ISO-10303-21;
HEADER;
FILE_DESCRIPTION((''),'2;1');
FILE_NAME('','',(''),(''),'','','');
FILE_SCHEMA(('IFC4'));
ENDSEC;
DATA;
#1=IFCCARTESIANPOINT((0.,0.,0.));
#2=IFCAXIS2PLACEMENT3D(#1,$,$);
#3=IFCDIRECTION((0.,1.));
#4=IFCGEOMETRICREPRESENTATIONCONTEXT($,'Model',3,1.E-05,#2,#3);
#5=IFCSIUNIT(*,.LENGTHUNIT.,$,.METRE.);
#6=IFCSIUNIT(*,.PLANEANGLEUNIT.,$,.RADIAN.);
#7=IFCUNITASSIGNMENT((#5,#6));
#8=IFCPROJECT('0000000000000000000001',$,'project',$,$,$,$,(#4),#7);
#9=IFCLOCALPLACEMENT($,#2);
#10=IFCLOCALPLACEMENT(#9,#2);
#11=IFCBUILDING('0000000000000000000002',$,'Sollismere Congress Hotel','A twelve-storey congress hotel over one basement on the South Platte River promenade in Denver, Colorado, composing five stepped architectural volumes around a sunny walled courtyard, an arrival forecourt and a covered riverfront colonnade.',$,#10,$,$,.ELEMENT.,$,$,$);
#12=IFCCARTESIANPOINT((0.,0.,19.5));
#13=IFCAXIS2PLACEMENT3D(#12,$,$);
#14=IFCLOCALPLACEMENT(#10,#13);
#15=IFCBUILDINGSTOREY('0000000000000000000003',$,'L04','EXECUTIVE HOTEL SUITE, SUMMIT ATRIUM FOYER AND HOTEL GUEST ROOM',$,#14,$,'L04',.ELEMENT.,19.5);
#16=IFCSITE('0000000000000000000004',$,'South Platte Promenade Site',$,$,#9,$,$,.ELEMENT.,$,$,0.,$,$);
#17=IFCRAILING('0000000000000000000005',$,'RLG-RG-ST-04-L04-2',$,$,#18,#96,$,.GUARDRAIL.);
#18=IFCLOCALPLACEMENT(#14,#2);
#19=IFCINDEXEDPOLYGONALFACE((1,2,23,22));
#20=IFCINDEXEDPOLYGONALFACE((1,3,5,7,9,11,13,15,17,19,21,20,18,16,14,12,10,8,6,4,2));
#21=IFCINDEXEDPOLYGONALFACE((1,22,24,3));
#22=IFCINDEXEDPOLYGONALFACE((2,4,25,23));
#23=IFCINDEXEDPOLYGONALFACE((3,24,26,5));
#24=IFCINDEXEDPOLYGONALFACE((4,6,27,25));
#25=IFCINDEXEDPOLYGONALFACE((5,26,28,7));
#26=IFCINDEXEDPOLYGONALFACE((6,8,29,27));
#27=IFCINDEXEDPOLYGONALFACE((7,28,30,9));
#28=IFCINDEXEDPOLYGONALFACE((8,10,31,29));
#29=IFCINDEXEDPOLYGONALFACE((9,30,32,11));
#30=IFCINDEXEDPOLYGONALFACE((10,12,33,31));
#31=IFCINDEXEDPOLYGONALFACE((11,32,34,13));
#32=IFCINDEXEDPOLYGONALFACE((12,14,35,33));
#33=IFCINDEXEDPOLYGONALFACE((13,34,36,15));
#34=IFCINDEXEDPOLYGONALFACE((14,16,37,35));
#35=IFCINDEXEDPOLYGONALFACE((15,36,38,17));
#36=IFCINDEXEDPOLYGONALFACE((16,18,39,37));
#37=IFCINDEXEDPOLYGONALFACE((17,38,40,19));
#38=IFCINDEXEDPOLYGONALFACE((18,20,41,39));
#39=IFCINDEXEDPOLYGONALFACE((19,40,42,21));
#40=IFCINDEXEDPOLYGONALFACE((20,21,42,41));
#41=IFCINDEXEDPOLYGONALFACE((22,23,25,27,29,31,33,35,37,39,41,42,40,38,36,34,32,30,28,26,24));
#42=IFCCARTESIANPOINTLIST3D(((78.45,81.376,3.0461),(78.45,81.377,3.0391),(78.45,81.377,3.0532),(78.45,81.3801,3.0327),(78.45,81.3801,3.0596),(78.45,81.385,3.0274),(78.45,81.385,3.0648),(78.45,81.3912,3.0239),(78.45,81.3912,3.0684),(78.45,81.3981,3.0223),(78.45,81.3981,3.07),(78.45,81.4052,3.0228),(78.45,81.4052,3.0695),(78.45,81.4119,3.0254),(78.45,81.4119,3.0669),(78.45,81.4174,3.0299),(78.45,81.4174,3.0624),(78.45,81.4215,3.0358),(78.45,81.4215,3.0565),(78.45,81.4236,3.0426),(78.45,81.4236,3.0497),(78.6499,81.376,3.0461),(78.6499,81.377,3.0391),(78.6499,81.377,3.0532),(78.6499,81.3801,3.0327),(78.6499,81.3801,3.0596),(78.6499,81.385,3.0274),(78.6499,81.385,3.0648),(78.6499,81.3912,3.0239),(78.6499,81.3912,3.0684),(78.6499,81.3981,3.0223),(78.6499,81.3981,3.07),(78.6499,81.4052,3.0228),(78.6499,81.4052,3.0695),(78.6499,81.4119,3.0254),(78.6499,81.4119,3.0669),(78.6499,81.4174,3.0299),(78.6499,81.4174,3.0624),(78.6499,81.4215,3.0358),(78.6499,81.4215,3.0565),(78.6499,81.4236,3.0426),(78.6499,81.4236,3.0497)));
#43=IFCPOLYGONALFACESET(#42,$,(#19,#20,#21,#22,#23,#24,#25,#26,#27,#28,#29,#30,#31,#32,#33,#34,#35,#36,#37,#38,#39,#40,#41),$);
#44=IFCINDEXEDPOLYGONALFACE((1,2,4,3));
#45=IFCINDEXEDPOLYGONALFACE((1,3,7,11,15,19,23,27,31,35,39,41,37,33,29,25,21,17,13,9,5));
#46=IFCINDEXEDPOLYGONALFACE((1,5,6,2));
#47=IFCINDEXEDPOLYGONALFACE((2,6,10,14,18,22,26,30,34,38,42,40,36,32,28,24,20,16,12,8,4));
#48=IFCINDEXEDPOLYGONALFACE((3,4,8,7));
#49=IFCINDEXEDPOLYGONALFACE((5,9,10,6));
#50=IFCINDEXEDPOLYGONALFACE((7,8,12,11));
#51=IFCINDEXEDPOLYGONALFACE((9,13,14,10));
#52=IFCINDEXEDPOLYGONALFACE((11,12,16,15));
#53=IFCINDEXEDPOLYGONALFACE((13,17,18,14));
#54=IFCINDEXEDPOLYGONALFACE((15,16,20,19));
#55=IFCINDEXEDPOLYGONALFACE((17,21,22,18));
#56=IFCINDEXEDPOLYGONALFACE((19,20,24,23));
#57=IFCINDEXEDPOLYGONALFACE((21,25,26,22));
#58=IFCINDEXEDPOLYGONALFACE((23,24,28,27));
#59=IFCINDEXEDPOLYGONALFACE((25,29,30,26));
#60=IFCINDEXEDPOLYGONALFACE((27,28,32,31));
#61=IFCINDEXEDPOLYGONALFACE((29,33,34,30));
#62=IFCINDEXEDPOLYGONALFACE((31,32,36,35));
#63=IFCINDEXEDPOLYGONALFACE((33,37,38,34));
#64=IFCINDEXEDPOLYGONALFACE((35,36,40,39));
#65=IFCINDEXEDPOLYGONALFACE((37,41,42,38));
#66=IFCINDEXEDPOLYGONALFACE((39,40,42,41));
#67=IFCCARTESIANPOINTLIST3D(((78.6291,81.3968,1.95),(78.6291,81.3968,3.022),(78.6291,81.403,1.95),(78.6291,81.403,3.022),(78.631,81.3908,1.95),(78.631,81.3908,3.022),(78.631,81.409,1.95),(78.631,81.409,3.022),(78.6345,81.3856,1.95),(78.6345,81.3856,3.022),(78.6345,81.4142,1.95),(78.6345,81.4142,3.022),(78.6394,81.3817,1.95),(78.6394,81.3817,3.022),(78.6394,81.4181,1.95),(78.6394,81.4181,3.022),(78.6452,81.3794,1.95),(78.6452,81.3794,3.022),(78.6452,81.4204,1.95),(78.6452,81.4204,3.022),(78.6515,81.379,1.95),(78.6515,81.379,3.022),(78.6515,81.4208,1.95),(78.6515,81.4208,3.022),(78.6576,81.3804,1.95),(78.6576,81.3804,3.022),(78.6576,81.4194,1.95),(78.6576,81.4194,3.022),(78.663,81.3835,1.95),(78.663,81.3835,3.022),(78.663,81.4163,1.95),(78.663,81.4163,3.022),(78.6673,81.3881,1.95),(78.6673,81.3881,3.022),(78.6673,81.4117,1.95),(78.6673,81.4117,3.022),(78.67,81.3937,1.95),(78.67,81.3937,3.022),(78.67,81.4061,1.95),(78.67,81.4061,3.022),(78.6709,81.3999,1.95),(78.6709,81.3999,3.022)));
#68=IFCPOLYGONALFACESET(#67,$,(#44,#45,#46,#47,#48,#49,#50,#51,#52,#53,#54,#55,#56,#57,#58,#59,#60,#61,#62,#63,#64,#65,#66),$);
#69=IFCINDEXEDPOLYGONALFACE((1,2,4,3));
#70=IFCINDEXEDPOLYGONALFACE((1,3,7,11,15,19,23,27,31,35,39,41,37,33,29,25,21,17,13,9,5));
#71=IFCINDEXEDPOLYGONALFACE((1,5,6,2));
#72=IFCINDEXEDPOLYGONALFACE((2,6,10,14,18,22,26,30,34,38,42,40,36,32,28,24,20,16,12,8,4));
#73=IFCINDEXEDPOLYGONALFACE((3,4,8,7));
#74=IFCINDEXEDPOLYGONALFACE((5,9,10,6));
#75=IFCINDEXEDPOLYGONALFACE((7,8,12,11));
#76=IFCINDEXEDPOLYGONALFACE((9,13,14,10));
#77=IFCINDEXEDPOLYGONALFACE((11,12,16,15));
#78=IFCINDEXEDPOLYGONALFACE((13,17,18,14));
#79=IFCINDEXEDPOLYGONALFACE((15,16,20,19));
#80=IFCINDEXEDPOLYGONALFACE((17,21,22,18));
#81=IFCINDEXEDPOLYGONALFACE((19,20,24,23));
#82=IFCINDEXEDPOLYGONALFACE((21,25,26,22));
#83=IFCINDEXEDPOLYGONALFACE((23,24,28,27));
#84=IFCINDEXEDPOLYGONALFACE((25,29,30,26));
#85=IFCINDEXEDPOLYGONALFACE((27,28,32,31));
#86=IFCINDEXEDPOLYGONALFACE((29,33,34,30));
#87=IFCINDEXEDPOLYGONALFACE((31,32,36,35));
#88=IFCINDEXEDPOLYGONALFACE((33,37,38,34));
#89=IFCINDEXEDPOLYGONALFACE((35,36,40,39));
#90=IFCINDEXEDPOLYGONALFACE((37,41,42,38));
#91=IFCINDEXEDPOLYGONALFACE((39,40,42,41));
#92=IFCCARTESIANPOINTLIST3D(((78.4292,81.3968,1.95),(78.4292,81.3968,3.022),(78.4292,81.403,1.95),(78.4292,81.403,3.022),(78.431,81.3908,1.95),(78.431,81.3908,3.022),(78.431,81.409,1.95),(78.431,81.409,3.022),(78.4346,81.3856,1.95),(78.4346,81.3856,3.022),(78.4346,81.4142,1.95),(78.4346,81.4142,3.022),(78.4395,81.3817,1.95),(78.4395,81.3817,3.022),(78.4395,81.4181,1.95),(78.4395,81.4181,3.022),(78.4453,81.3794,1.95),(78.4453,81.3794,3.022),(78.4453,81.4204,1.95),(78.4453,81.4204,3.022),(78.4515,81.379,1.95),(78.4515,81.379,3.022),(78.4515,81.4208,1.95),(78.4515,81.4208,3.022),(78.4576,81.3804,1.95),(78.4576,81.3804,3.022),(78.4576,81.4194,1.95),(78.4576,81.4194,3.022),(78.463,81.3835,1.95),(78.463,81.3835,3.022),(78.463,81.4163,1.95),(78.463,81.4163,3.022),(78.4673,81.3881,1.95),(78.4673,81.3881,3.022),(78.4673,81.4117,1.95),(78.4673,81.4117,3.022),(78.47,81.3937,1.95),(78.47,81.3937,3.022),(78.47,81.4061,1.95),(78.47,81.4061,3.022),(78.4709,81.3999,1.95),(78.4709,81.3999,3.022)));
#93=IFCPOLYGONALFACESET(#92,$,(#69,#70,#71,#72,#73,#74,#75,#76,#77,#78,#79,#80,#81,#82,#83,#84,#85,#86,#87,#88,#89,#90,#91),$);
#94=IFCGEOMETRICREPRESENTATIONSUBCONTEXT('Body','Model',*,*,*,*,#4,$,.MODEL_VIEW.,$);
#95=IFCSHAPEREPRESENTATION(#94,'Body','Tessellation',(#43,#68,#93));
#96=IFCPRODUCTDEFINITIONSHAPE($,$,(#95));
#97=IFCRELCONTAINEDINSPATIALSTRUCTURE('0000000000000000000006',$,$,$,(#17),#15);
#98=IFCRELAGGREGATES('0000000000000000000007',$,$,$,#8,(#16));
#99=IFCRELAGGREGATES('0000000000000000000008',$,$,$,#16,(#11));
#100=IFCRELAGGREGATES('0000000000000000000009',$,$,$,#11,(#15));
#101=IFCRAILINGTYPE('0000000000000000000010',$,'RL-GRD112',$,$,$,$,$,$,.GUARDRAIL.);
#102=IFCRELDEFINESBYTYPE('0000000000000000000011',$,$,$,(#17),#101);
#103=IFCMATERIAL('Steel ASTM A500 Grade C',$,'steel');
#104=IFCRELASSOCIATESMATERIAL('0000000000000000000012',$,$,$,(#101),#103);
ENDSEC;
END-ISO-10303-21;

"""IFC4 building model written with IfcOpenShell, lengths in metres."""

from ifc_helpers import new_model, si_unit, direction, frame, origin, origin_2d, place, context, subcontext, project, spatial, circle, extrude, material, type_object, element, save


model = new_model("IFC4")

# Units and contexts
model_context = context("Model", 3, precision=1e-05, world=origin(), true_north=direction((0.0, 1.0)))
body_context = subcontext(model_context, "Body", "Model", "MODEL_VIEW")
ifc_project = project(units=[si_unit("LENGTHUNIT", "METRE"), si_unit("PLANEANGLEUNIT", "RADIAN")], contexts=[model_context])

# Site, building, storey
site_placement = place(None, origin())
site = spatial("IfcSite", under=ifc_project, at=site_placement, Name="South Platte Promenade Site", CompositionType="ELEMENT", RefElevation=0.0)
building_placement = place(site_placement, origin())
building = spatial("IfcBuilding", under=site, at=building_placement, Name="Sollismere Congress Hotel", Description="A twelve-storey congress hotel over one basement on the South Platte River promenade in Denver, Colorado, composing five stepped architectural volumes around a sunny walled courtyard, an arrival forecourt and a covered riverfront colonnade.", CompositionType="ELEMENT")
storey_placement = place(building_placement, frame((0.0, 0.0, 19.5)))
storey = spatial("IfcBuildingStorey", under=building, at=storey_placement, Name="L04", Description="EXECUTIVE HOTEL SUITE, SUMMIT ATRIUM FOYER AND HOTEL GUEST ROOM", LongName="L04", CompositionType="ELEMENT", Elevation=19.5)

# Railing
ifc_material_1 = material(Name="Steel ASTM A500 Grade C", Category="steel")
railing_type_1 = type_object("IfcRailingType", Name="RL-GRD112", PredefinedType="GUARDRAIL", material=ifc_material_1)
railing_1_placement = place(storey_placement, frame((78.6499, 81.3999, 1.95)))
element("IfcRailing", 1, at=railing_1_placement, inside=storey, type_object=railing_type_1, Name="RLG-RG-ST-04-L04-2", PredefinedType="GUARDRAIL", context=body_context, shape_type="SweptSolid", body=[
    extrude(circle(Radius=0.0239, at=origin_2d()), frame((0.0, 0.0, 1.0962), z_axis=(-1.0, 0.0, 0.0), x_axis=(0.0, -1.0, 0.0)), (0.0, 0.0, 1.0), 0.2),
    extrude(circle(Radius=0.021, at=origin_2d()), origin(), (0.0, 0.0, 1.0), 1.072),
    extrude(circle(Radius=0.021, at=origin_2d()), frame((-0.2, 0.0, 0.0)), (0.0, 0.0, 1.0), 1.072),
])

save(model, "model.ifc")
